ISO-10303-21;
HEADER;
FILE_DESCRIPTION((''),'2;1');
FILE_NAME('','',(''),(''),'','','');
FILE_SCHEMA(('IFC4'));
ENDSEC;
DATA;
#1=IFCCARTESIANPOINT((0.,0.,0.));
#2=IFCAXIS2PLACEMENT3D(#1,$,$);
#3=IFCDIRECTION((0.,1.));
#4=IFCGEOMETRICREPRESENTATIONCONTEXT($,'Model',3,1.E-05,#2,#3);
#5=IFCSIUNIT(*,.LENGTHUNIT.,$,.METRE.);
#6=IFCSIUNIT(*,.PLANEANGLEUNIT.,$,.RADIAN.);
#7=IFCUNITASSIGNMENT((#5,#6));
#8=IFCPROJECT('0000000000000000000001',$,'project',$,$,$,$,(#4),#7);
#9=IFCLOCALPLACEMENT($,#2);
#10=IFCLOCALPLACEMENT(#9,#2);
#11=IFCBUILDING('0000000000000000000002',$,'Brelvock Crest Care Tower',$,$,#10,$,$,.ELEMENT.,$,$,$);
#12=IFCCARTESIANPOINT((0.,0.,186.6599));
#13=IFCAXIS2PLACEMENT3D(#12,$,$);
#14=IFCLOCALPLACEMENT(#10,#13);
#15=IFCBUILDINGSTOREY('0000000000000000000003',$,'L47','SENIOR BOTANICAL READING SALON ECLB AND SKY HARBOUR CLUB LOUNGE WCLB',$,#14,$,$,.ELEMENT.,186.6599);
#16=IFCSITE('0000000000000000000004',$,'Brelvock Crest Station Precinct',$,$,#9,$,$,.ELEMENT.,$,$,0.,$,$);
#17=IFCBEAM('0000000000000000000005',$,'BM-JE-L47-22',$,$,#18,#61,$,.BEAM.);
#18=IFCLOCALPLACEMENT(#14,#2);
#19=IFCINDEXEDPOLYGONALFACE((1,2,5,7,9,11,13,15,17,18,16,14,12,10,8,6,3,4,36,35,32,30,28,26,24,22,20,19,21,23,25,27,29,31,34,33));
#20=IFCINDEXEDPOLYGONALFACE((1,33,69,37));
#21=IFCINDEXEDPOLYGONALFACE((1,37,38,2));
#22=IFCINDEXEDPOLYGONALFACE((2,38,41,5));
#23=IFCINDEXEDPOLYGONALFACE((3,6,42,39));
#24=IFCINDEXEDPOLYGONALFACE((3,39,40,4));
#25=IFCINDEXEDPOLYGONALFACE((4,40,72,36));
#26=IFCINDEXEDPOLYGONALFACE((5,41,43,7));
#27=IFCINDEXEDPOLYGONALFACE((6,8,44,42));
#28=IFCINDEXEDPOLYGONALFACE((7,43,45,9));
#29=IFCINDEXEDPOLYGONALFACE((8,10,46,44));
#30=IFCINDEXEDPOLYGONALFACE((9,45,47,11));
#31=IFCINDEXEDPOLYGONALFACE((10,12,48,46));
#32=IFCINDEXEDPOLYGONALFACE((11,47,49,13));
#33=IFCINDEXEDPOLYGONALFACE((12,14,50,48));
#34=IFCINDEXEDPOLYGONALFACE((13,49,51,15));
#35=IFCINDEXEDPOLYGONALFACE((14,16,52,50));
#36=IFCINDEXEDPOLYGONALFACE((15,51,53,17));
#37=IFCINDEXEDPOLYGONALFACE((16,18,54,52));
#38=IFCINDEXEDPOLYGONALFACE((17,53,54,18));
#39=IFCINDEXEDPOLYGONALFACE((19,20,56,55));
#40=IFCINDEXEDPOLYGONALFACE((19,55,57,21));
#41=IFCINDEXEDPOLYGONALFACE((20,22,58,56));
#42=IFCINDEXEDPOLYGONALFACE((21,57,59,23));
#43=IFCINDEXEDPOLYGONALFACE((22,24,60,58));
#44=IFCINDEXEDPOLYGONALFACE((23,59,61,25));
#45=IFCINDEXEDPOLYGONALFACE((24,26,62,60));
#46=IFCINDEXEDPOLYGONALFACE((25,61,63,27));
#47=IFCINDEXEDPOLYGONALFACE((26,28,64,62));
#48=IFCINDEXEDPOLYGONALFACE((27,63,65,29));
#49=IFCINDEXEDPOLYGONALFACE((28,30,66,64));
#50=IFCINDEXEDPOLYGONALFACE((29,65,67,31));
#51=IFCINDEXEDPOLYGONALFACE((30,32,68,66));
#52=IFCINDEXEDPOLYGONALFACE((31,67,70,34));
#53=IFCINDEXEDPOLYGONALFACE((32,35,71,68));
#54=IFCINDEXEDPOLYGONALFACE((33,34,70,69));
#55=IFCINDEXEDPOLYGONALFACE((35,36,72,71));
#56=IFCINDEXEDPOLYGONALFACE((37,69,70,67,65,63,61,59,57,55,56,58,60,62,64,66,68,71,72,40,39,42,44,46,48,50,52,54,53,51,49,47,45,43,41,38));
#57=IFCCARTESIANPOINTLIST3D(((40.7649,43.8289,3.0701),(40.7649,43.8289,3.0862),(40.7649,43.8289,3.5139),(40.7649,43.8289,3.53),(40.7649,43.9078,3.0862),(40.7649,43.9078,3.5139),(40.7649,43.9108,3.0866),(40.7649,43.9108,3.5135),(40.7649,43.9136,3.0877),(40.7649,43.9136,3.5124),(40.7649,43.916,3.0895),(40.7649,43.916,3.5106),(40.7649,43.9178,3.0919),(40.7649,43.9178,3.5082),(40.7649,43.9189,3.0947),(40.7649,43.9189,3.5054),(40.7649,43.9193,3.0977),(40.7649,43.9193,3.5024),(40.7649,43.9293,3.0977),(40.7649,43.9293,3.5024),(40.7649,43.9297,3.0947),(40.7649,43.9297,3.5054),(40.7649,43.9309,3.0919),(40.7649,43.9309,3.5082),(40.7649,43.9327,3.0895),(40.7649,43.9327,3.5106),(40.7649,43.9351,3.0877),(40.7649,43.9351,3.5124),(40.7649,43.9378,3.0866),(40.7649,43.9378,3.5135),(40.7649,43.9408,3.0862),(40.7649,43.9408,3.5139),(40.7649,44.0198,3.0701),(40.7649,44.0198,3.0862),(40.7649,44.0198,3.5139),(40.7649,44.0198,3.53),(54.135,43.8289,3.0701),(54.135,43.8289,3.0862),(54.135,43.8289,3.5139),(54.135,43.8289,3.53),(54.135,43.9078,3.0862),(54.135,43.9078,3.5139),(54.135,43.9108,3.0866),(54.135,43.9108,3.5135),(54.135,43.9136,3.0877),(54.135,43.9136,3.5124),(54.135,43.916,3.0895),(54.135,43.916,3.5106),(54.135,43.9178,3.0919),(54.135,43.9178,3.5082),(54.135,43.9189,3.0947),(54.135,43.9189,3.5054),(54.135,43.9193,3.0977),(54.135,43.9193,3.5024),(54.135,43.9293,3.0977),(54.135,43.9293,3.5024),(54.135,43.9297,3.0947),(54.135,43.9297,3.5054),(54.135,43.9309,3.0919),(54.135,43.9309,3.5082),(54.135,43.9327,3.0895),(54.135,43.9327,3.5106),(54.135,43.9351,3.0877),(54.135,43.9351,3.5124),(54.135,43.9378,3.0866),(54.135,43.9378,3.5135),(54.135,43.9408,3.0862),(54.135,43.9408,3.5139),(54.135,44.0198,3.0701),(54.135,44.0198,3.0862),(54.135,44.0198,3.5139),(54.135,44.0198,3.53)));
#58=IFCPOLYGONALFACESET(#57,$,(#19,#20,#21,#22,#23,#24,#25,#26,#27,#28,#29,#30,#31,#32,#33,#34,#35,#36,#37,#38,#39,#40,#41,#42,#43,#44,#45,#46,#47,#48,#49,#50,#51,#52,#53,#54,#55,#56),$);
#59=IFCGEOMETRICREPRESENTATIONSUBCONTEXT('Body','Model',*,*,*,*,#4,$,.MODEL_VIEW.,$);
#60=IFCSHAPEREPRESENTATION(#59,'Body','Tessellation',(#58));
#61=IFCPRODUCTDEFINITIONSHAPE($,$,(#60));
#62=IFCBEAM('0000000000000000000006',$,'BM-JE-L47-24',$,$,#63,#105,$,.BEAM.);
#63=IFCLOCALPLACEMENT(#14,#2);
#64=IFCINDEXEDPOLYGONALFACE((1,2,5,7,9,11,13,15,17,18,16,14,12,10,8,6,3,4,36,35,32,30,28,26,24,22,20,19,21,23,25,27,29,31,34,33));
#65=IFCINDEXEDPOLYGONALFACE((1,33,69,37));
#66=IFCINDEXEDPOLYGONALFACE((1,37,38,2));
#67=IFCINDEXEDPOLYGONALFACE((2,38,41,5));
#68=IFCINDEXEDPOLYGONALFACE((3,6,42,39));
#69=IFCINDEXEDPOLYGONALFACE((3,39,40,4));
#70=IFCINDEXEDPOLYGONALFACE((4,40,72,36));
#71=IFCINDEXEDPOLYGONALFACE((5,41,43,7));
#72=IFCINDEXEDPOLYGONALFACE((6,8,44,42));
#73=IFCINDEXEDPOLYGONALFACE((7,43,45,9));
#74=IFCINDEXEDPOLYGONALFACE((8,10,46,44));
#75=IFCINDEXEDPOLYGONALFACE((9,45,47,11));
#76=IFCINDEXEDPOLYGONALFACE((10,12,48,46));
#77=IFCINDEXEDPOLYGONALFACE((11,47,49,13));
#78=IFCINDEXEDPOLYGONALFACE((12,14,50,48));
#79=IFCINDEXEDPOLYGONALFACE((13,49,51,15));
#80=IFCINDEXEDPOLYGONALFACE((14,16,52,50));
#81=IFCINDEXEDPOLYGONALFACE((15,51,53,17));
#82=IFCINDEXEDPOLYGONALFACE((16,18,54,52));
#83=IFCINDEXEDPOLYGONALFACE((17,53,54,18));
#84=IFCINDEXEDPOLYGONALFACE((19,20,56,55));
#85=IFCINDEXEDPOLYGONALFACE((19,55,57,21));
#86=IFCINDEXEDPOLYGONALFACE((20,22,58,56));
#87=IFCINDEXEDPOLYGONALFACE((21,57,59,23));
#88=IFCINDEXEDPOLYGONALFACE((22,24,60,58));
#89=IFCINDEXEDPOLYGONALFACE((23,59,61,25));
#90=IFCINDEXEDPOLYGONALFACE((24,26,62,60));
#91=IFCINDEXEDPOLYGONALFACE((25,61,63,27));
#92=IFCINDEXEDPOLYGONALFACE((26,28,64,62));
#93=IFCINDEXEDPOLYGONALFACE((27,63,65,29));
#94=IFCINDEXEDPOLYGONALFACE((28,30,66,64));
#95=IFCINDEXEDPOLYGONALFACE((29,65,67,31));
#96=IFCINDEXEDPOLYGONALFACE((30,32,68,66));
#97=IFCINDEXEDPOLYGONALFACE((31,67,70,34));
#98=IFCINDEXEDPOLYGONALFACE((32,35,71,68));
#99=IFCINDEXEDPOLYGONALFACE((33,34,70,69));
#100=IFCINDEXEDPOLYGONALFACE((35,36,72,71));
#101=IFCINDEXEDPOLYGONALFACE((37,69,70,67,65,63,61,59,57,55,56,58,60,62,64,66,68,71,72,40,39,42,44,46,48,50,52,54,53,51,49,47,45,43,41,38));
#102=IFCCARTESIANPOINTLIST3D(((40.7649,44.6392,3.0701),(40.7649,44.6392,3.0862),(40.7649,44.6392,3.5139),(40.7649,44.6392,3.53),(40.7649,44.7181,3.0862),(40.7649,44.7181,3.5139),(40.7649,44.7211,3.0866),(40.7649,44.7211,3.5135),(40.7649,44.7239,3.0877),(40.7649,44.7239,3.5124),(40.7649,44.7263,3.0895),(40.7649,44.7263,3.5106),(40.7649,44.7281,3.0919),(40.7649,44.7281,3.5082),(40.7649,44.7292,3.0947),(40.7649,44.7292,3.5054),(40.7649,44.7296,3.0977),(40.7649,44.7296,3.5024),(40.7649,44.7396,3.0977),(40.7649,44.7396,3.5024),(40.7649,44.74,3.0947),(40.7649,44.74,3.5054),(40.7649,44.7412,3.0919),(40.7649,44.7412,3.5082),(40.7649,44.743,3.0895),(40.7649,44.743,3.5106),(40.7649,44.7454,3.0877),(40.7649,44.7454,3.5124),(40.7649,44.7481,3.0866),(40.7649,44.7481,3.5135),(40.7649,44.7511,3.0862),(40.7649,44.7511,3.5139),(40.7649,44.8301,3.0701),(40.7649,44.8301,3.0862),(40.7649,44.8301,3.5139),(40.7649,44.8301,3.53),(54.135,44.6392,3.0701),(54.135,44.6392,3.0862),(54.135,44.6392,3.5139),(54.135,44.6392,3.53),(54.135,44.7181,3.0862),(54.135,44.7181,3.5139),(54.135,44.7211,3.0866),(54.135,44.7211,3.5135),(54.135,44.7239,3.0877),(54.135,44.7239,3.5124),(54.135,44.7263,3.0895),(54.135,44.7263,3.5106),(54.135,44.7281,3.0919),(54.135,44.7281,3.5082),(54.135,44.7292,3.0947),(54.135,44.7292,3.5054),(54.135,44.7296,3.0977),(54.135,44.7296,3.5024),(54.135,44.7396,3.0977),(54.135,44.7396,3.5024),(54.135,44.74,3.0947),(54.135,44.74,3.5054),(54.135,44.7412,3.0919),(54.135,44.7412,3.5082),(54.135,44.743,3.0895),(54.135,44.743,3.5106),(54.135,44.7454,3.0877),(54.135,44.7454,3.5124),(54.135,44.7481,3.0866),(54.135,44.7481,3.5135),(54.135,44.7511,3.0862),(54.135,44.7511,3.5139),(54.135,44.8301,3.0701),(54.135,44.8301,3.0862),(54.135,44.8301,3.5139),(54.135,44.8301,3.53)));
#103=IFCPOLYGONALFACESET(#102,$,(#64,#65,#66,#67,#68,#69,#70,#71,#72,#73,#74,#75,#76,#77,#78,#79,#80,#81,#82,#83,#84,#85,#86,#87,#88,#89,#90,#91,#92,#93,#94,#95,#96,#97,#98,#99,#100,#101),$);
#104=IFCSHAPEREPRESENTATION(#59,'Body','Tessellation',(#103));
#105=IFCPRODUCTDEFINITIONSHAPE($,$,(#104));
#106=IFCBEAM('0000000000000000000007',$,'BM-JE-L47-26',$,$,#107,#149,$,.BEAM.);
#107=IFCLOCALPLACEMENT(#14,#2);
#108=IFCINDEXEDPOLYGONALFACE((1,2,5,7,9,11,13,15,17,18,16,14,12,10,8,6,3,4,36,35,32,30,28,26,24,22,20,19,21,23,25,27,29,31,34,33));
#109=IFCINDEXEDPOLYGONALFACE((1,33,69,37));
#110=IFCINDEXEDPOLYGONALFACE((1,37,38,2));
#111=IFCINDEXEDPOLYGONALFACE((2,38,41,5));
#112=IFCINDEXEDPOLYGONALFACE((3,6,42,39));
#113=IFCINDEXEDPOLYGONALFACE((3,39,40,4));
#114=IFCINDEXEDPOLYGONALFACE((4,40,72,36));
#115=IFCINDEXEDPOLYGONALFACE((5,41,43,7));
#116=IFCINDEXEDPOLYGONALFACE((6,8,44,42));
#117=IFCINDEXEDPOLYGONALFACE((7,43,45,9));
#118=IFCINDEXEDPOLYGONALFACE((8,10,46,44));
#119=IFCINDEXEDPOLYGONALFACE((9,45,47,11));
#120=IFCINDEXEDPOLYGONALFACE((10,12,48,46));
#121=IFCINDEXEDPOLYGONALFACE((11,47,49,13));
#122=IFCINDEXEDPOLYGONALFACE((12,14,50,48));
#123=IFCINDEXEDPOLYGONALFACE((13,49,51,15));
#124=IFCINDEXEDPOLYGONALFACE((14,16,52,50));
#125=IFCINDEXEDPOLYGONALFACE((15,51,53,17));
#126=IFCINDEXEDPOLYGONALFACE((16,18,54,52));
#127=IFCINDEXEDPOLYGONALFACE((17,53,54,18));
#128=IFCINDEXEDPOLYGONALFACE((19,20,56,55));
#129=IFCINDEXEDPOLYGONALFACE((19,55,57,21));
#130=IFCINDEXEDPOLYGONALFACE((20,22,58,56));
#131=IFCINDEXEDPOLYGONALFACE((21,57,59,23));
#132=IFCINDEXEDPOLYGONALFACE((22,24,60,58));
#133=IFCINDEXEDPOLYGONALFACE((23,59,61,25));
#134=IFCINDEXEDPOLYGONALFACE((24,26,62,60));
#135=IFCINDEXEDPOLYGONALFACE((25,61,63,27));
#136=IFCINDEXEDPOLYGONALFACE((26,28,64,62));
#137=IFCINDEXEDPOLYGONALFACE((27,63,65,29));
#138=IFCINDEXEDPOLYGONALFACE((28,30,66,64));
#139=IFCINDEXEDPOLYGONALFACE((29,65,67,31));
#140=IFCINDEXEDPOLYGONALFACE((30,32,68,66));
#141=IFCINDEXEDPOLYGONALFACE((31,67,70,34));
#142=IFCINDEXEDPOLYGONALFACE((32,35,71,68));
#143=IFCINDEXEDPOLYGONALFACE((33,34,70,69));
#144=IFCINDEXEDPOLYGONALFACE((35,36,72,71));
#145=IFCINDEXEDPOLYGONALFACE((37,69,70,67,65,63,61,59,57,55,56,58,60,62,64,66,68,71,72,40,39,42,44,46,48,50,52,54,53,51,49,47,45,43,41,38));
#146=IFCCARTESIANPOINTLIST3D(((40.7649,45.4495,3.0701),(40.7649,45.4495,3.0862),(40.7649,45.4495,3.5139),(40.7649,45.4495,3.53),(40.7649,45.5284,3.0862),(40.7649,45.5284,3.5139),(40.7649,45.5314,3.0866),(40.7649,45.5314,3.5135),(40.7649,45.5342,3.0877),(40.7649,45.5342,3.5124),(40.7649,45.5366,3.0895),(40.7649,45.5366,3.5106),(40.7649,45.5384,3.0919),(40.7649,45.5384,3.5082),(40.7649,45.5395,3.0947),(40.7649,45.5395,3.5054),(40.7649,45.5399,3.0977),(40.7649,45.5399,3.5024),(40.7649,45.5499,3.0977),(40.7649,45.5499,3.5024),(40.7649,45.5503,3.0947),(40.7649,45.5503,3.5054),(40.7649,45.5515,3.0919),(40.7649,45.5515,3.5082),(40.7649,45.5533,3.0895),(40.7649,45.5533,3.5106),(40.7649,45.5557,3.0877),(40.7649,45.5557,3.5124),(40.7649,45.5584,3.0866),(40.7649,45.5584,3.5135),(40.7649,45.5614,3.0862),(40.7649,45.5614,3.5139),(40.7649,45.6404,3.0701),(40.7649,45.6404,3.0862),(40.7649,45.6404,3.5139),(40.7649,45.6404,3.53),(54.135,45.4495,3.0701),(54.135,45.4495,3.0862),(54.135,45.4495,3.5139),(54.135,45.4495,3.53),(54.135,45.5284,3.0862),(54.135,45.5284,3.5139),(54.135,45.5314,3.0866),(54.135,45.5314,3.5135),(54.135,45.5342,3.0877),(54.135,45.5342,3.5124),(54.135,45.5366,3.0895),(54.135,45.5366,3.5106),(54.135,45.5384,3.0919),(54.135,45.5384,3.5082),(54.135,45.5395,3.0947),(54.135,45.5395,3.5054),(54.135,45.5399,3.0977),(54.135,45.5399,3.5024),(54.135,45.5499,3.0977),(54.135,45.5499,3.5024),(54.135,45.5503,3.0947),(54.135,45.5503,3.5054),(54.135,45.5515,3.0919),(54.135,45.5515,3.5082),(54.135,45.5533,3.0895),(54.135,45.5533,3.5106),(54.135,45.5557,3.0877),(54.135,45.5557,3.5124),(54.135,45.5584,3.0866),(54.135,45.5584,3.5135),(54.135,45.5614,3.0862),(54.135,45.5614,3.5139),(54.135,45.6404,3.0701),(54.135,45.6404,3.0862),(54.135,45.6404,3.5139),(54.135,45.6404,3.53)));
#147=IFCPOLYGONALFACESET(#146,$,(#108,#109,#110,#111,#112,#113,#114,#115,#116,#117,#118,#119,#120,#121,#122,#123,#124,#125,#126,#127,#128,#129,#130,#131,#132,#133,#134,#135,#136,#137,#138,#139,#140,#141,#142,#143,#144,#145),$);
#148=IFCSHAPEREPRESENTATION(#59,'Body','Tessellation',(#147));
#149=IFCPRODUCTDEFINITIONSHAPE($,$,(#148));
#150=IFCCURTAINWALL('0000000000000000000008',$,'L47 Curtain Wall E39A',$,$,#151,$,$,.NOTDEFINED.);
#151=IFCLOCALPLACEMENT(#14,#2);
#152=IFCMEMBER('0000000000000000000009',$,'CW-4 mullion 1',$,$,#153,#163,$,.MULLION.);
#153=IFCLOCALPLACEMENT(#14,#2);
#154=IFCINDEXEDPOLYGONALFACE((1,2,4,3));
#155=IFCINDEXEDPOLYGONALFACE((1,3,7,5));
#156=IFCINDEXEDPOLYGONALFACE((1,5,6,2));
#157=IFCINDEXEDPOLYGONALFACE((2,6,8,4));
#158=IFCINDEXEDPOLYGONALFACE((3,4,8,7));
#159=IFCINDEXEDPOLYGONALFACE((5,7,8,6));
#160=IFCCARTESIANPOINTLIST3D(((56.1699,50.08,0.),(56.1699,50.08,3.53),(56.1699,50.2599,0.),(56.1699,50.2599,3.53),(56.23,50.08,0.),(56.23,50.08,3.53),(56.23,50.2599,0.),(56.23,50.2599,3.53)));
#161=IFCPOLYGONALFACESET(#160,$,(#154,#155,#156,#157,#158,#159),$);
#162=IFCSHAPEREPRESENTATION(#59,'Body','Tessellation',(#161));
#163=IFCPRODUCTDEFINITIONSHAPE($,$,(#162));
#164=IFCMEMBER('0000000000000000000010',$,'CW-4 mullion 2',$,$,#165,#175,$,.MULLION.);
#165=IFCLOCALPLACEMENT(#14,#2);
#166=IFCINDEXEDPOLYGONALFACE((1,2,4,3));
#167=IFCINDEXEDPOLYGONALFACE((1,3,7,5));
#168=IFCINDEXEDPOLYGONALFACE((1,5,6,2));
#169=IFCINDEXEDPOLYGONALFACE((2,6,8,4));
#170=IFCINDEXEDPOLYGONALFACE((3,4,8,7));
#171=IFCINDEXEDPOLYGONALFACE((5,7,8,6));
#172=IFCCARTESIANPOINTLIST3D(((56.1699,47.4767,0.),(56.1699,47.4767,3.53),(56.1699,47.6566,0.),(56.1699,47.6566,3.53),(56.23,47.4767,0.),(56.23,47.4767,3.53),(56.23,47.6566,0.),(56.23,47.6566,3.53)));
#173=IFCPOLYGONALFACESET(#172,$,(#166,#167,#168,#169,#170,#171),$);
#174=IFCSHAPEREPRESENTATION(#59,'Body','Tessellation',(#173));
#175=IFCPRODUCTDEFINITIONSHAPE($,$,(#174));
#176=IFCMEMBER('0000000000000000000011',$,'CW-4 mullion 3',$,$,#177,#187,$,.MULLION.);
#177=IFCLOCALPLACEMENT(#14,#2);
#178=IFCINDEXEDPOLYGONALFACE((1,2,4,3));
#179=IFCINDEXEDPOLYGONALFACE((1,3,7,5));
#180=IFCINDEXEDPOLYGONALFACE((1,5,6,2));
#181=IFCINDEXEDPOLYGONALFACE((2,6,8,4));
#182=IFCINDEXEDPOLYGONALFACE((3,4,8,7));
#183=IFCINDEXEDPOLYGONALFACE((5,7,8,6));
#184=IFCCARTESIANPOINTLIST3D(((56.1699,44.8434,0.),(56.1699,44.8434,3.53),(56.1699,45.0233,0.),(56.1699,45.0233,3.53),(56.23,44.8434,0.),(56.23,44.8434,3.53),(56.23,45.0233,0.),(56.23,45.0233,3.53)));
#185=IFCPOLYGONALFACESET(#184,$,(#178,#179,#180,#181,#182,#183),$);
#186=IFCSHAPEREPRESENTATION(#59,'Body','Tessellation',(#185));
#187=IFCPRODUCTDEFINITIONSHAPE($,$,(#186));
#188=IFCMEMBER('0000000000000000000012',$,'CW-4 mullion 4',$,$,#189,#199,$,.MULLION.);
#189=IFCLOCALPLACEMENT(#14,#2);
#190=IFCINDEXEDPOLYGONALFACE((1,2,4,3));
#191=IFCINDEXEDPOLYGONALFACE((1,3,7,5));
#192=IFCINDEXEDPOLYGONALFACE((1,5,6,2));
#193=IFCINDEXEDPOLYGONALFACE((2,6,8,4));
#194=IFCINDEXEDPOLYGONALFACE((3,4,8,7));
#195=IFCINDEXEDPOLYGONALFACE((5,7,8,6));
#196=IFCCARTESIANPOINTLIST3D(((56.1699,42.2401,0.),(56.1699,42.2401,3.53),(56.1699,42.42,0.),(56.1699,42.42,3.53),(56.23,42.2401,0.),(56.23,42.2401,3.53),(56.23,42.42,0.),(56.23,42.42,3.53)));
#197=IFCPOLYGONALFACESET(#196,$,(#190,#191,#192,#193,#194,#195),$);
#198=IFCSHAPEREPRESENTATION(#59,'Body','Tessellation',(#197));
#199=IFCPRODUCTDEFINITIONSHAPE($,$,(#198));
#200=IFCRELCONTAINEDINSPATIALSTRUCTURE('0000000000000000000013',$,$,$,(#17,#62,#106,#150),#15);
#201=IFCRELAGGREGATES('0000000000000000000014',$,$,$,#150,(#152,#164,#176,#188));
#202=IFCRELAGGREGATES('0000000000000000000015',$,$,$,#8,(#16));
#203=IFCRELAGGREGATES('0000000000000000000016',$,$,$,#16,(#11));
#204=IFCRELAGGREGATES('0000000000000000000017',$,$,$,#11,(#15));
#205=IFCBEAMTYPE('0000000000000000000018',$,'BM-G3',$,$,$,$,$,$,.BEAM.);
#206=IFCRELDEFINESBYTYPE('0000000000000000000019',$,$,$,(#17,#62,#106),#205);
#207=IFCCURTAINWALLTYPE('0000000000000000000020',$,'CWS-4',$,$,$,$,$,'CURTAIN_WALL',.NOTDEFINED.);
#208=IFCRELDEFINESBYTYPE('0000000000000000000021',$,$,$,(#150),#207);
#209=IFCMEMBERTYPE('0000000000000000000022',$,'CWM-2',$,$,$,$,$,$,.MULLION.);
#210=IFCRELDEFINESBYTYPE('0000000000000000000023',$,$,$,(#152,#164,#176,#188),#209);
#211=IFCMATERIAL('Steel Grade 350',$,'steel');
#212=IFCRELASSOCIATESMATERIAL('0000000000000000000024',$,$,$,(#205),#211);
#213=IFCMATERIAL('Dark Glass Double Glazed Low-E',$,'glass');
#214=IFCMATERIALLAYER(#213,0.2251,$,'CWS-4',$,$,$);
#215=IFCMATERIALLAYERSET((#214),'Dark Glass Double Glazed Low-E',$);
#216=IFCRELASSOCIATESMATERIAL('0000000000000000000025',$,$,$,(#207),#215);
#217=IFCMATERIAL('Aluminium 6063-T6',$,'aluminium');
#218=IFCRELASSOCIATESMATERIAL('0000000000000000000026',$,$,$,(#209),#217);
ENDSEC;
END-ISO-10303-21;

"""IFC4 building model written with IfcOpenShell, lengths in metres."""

from ifc_helpers import new_model, si_unit, direction, frame, origin, origin_2d, place, context, subcontext, project, spatial, rectangle, i_section, extrude, source, transform, mapped, material, layer, layer_set, material_profile, profile_set, type_object, element, aggregate, save


model = new_model("IFC4")

# Units and contexts
model_context = context("Model", 3, precision=1e-05, world=origin(), true_north=direction((0.0, 1.0)))
body_context = subcontext(model_context, "Body", "Model", "MODEL_VIEW")
ifc_project = project(units=[si_unit("LENGTHUNIT", "METRE"), si_unit("PLANEANGLEUNIT", "RADIAN")], contexts=[model_context])

# Site, building, storey
site_placement = place(None, origin())
site = spatial("IfcSite", under=ifc_project, at=site_placement, Name="Brelvock Crest Station Precinct", CompositionType="ELEMENT", RefElevation=0.0)
building_placement = place(site_placement, origin())
building = spatial("IfcBuilding", under=site, at=building_placement, Name="Brelvock Crest Care Tower", CompositionType="ELEMENT")
storey_placement = place(building_placement, frame((0.0, 0.0, 186.6599)))
storey = spatial("IfcBuildingStorey", under=building, at=storey_placement, Name="L47", Description="SENIOR BOTANICAL READING SALON ECLB AND SKY HARBOUR CLUB LOUNGE WCLB", CompositionType="ELEMENT", Elevation=186.6599)

# Shared definitions
ifc_material_1 = material(Name="Steel Grade 350", Category="steel")

# Beams
ifc_material_profile_1 = material_profile(ifc_material_1, i_section(OverallWidth=0.1909, OverallDepth=0.46, WebThickness=0.01, FlangeThickness=0.0161, FilletRadius=0.0115, at=origin_2d()), Name="460UB82.1")
ifc_profile_set_1 = profile_set([ifc_material_profile_1], Name="Steel Grade 350")
beam_type_1 = type_object("IfcBeamType", Name="BM-G3", PredefinedType="BEAM", material=ifc_profile_set_1)
shared_shape_1 = source(origin(), body_context, "Body", "SweptSolid", [
    extrude(i_section(OverallWidth=0.1909, OverallDepth=0.46, WebThickness=0.01, FlangeThickness=0.0161, FilletRadius=0.0115, at=origin_2d()), origin(), (0.0, 0.0, 1.0), 13.3701),
])
for number, where, z_axis, x_axis, name in (
    (1, (40.7649, 43.9243, 3.3), (1.0, 0.0, 0.0), (0.0, 1.0, 0.0), "BM-JE-L47-22"),
    (2, (40.7649, 44.7346, 3.3), (1.0, 0.0, 0.0), (0.0, 1.0, 0.0), "BM-JE-L47-24"),
    (3, (40.7649, 45.5449, 3.3), (1.0, 0.0, 0.0), (0.0, 1.0, 0.0), "BM-JE-L47-26"),
):
    element("IfcBeam", number, at=place(storey_placement, frame(where, z_axis=z_axis, x_axis=x_axis)), inside=storey, type_object=beam_type_1, Name=name, PredefinedType="BEAM", context=body_context, shape_type="MappedRepresentation", body=[
        mapped(shared_shape_1, transform((0.0, 0.0, 0.0), x_axis=(1.0, 0.0, 0.0), y_axis=(0.0, 1.0, 0.0), z_axis=(0.0, 0.0, 1.0), scale=1.0)),
    ])

# Curtain wall, members
ifc_material_2 = material(Name="Dark Glass Double Glazed Low-E", Category="glass")
ifc_layer_1 = layer(ifc_material_2, 0.2251, Name="CWS-4")
ifc_layer_set_1 = layer_set([ifc_layer_1], Name="Dark Glass Double Glazed Low-E")
curtain_wall_type = type_object("IfcCurtainWallType", Name="CWS-4", ElementType="CURTAIN_WALL", PredefinedType="NOTDEFINED", material=ifc_layer_set_1)
curtain_wall_1_placement = place(storey_placement, origin())
curtain_wall_1 = element("IfcCurtainWall", 4, at=curtain_wall_1_placement, inside=storey, type_object=curtain_wall_type, Name="L47 Curtain Wall E39A", PredefinedType="NOTDEFINED")
ifc_material_3 = material(Name="Aluminium 6063-T6", Category="aluminium")
ifc_material_profile_2 = material_profile(ifc_material_3, rectangle(XDim=0.0601, YDim=0.1799, at=origin_2d()), Name="ALU60x180")
ifc_profile_set_2 = profile_set([ifc_material_profile_2], Name="Aluminium 6063-T6")
member_type_1 = type_object("IfcMemberType", Name="CWM-2", PredefinedType="MULLION", material=ifc_profile_set_2)
shared_shape_2 = source(origin(), body_context, "Body", "SweptSolid", [
    extrude(rectangle(XDim=0.0601, YDim=0.1799, at=origin_2d()), origin(), (0.0, 0.0, 1.0), 3.53),
])
member_1_placement = place(storey_placement, frame((56.2, 50.1699, 0.0), z_axis=(0.0, 0.0, 1.0), x_axis=(1.0, 0.0, 0.0)))
member_1 = element("IfcMember", 5, at=member_1_placement, type_object=member_type_1, Name="CW-4 mullion 1", PredefinedType="MULLION", context=body_context, shape_type="MappedRepresentation", body=[
    mapped(shared_shape_2, transform((0.0, 0.0, 0.0), x_axis=(1.0, 0.0, 0.0), y_axis=(0.0, 1.0, 0.0), z_axis=(0.0, 0.0, 1.0), scale=1.0)),
])
member_2_placement = place(storey_placement, frame((56.2, 47.5667, 0.0), z_axis=(0.0, 0.0, 1.0), x_axis=(1.0, 0.0, 0.0)))
member_2 = element("IfcMember", 6, at=member_2_placement, type_object=member_type_1, Name="CW-4 mullion 2", PredefinedType="MULLION", context=body_context, shape_type="MappedRepresentation", body=[
    mapped(shared_shape_2, transform((0.0, 0.0, 0.0), x_axis=(1.0, 0.0, 0.0), y_axis=(0.0, 1.0, 0.0), z_axis=(0.0, 0.0, 1.0), scale=1.0)),
])
member_3_placement = place(storey_placement, frame((56.2, 44.9333, 0.0), z_axis=(0.0, 0.0, 1.0), x_axis=(1.0, 0.0, 0.0)))
member_3 = element("IfcMember", 7, at=member_3_placement, type_object=member_type_1, Name="CW-4 mullion 3", PredefinedType="MULLION", context=body_context, shape_type="MappedRepresentation", body=[
    mapped(shared_shape_2, transform((0.0, 0.0, 0.0), x_axis=(1.0, 0.0, 0.0), y_axis=(0.0, 1.0, 0.0), z_axis=(0.0, 0.0, 1.0), scale=1.0)),
])
member_4_placement = place(storey_placement, frame((56.2, 42.3301, 0.0), z_axis=(0.0, 0.0, 1.0), x_axis=(1.0, 0.0, 0.0)))
member_4 = element("IfcMember", 8, at=member_4_placement, type_object=member_type_1, Name="CW-4 mullion 4", PredefinedType="MULLION", context=body_context, shape_type="MappedRepresentation", body=[
    mapped(shared_shape_2, transform((0.0, 0.0, 0.0), x_axis=(1.0, 0.0, 0.0), y_axis=(0.0, 1.0, 0.0), z_axis=(0.0, 0.0, 1.0), scale=1.0)),
])

aggregate(curtain_wall_1, [member_1, member_2, member_3, member_4])

save(model, "model.ifc")
